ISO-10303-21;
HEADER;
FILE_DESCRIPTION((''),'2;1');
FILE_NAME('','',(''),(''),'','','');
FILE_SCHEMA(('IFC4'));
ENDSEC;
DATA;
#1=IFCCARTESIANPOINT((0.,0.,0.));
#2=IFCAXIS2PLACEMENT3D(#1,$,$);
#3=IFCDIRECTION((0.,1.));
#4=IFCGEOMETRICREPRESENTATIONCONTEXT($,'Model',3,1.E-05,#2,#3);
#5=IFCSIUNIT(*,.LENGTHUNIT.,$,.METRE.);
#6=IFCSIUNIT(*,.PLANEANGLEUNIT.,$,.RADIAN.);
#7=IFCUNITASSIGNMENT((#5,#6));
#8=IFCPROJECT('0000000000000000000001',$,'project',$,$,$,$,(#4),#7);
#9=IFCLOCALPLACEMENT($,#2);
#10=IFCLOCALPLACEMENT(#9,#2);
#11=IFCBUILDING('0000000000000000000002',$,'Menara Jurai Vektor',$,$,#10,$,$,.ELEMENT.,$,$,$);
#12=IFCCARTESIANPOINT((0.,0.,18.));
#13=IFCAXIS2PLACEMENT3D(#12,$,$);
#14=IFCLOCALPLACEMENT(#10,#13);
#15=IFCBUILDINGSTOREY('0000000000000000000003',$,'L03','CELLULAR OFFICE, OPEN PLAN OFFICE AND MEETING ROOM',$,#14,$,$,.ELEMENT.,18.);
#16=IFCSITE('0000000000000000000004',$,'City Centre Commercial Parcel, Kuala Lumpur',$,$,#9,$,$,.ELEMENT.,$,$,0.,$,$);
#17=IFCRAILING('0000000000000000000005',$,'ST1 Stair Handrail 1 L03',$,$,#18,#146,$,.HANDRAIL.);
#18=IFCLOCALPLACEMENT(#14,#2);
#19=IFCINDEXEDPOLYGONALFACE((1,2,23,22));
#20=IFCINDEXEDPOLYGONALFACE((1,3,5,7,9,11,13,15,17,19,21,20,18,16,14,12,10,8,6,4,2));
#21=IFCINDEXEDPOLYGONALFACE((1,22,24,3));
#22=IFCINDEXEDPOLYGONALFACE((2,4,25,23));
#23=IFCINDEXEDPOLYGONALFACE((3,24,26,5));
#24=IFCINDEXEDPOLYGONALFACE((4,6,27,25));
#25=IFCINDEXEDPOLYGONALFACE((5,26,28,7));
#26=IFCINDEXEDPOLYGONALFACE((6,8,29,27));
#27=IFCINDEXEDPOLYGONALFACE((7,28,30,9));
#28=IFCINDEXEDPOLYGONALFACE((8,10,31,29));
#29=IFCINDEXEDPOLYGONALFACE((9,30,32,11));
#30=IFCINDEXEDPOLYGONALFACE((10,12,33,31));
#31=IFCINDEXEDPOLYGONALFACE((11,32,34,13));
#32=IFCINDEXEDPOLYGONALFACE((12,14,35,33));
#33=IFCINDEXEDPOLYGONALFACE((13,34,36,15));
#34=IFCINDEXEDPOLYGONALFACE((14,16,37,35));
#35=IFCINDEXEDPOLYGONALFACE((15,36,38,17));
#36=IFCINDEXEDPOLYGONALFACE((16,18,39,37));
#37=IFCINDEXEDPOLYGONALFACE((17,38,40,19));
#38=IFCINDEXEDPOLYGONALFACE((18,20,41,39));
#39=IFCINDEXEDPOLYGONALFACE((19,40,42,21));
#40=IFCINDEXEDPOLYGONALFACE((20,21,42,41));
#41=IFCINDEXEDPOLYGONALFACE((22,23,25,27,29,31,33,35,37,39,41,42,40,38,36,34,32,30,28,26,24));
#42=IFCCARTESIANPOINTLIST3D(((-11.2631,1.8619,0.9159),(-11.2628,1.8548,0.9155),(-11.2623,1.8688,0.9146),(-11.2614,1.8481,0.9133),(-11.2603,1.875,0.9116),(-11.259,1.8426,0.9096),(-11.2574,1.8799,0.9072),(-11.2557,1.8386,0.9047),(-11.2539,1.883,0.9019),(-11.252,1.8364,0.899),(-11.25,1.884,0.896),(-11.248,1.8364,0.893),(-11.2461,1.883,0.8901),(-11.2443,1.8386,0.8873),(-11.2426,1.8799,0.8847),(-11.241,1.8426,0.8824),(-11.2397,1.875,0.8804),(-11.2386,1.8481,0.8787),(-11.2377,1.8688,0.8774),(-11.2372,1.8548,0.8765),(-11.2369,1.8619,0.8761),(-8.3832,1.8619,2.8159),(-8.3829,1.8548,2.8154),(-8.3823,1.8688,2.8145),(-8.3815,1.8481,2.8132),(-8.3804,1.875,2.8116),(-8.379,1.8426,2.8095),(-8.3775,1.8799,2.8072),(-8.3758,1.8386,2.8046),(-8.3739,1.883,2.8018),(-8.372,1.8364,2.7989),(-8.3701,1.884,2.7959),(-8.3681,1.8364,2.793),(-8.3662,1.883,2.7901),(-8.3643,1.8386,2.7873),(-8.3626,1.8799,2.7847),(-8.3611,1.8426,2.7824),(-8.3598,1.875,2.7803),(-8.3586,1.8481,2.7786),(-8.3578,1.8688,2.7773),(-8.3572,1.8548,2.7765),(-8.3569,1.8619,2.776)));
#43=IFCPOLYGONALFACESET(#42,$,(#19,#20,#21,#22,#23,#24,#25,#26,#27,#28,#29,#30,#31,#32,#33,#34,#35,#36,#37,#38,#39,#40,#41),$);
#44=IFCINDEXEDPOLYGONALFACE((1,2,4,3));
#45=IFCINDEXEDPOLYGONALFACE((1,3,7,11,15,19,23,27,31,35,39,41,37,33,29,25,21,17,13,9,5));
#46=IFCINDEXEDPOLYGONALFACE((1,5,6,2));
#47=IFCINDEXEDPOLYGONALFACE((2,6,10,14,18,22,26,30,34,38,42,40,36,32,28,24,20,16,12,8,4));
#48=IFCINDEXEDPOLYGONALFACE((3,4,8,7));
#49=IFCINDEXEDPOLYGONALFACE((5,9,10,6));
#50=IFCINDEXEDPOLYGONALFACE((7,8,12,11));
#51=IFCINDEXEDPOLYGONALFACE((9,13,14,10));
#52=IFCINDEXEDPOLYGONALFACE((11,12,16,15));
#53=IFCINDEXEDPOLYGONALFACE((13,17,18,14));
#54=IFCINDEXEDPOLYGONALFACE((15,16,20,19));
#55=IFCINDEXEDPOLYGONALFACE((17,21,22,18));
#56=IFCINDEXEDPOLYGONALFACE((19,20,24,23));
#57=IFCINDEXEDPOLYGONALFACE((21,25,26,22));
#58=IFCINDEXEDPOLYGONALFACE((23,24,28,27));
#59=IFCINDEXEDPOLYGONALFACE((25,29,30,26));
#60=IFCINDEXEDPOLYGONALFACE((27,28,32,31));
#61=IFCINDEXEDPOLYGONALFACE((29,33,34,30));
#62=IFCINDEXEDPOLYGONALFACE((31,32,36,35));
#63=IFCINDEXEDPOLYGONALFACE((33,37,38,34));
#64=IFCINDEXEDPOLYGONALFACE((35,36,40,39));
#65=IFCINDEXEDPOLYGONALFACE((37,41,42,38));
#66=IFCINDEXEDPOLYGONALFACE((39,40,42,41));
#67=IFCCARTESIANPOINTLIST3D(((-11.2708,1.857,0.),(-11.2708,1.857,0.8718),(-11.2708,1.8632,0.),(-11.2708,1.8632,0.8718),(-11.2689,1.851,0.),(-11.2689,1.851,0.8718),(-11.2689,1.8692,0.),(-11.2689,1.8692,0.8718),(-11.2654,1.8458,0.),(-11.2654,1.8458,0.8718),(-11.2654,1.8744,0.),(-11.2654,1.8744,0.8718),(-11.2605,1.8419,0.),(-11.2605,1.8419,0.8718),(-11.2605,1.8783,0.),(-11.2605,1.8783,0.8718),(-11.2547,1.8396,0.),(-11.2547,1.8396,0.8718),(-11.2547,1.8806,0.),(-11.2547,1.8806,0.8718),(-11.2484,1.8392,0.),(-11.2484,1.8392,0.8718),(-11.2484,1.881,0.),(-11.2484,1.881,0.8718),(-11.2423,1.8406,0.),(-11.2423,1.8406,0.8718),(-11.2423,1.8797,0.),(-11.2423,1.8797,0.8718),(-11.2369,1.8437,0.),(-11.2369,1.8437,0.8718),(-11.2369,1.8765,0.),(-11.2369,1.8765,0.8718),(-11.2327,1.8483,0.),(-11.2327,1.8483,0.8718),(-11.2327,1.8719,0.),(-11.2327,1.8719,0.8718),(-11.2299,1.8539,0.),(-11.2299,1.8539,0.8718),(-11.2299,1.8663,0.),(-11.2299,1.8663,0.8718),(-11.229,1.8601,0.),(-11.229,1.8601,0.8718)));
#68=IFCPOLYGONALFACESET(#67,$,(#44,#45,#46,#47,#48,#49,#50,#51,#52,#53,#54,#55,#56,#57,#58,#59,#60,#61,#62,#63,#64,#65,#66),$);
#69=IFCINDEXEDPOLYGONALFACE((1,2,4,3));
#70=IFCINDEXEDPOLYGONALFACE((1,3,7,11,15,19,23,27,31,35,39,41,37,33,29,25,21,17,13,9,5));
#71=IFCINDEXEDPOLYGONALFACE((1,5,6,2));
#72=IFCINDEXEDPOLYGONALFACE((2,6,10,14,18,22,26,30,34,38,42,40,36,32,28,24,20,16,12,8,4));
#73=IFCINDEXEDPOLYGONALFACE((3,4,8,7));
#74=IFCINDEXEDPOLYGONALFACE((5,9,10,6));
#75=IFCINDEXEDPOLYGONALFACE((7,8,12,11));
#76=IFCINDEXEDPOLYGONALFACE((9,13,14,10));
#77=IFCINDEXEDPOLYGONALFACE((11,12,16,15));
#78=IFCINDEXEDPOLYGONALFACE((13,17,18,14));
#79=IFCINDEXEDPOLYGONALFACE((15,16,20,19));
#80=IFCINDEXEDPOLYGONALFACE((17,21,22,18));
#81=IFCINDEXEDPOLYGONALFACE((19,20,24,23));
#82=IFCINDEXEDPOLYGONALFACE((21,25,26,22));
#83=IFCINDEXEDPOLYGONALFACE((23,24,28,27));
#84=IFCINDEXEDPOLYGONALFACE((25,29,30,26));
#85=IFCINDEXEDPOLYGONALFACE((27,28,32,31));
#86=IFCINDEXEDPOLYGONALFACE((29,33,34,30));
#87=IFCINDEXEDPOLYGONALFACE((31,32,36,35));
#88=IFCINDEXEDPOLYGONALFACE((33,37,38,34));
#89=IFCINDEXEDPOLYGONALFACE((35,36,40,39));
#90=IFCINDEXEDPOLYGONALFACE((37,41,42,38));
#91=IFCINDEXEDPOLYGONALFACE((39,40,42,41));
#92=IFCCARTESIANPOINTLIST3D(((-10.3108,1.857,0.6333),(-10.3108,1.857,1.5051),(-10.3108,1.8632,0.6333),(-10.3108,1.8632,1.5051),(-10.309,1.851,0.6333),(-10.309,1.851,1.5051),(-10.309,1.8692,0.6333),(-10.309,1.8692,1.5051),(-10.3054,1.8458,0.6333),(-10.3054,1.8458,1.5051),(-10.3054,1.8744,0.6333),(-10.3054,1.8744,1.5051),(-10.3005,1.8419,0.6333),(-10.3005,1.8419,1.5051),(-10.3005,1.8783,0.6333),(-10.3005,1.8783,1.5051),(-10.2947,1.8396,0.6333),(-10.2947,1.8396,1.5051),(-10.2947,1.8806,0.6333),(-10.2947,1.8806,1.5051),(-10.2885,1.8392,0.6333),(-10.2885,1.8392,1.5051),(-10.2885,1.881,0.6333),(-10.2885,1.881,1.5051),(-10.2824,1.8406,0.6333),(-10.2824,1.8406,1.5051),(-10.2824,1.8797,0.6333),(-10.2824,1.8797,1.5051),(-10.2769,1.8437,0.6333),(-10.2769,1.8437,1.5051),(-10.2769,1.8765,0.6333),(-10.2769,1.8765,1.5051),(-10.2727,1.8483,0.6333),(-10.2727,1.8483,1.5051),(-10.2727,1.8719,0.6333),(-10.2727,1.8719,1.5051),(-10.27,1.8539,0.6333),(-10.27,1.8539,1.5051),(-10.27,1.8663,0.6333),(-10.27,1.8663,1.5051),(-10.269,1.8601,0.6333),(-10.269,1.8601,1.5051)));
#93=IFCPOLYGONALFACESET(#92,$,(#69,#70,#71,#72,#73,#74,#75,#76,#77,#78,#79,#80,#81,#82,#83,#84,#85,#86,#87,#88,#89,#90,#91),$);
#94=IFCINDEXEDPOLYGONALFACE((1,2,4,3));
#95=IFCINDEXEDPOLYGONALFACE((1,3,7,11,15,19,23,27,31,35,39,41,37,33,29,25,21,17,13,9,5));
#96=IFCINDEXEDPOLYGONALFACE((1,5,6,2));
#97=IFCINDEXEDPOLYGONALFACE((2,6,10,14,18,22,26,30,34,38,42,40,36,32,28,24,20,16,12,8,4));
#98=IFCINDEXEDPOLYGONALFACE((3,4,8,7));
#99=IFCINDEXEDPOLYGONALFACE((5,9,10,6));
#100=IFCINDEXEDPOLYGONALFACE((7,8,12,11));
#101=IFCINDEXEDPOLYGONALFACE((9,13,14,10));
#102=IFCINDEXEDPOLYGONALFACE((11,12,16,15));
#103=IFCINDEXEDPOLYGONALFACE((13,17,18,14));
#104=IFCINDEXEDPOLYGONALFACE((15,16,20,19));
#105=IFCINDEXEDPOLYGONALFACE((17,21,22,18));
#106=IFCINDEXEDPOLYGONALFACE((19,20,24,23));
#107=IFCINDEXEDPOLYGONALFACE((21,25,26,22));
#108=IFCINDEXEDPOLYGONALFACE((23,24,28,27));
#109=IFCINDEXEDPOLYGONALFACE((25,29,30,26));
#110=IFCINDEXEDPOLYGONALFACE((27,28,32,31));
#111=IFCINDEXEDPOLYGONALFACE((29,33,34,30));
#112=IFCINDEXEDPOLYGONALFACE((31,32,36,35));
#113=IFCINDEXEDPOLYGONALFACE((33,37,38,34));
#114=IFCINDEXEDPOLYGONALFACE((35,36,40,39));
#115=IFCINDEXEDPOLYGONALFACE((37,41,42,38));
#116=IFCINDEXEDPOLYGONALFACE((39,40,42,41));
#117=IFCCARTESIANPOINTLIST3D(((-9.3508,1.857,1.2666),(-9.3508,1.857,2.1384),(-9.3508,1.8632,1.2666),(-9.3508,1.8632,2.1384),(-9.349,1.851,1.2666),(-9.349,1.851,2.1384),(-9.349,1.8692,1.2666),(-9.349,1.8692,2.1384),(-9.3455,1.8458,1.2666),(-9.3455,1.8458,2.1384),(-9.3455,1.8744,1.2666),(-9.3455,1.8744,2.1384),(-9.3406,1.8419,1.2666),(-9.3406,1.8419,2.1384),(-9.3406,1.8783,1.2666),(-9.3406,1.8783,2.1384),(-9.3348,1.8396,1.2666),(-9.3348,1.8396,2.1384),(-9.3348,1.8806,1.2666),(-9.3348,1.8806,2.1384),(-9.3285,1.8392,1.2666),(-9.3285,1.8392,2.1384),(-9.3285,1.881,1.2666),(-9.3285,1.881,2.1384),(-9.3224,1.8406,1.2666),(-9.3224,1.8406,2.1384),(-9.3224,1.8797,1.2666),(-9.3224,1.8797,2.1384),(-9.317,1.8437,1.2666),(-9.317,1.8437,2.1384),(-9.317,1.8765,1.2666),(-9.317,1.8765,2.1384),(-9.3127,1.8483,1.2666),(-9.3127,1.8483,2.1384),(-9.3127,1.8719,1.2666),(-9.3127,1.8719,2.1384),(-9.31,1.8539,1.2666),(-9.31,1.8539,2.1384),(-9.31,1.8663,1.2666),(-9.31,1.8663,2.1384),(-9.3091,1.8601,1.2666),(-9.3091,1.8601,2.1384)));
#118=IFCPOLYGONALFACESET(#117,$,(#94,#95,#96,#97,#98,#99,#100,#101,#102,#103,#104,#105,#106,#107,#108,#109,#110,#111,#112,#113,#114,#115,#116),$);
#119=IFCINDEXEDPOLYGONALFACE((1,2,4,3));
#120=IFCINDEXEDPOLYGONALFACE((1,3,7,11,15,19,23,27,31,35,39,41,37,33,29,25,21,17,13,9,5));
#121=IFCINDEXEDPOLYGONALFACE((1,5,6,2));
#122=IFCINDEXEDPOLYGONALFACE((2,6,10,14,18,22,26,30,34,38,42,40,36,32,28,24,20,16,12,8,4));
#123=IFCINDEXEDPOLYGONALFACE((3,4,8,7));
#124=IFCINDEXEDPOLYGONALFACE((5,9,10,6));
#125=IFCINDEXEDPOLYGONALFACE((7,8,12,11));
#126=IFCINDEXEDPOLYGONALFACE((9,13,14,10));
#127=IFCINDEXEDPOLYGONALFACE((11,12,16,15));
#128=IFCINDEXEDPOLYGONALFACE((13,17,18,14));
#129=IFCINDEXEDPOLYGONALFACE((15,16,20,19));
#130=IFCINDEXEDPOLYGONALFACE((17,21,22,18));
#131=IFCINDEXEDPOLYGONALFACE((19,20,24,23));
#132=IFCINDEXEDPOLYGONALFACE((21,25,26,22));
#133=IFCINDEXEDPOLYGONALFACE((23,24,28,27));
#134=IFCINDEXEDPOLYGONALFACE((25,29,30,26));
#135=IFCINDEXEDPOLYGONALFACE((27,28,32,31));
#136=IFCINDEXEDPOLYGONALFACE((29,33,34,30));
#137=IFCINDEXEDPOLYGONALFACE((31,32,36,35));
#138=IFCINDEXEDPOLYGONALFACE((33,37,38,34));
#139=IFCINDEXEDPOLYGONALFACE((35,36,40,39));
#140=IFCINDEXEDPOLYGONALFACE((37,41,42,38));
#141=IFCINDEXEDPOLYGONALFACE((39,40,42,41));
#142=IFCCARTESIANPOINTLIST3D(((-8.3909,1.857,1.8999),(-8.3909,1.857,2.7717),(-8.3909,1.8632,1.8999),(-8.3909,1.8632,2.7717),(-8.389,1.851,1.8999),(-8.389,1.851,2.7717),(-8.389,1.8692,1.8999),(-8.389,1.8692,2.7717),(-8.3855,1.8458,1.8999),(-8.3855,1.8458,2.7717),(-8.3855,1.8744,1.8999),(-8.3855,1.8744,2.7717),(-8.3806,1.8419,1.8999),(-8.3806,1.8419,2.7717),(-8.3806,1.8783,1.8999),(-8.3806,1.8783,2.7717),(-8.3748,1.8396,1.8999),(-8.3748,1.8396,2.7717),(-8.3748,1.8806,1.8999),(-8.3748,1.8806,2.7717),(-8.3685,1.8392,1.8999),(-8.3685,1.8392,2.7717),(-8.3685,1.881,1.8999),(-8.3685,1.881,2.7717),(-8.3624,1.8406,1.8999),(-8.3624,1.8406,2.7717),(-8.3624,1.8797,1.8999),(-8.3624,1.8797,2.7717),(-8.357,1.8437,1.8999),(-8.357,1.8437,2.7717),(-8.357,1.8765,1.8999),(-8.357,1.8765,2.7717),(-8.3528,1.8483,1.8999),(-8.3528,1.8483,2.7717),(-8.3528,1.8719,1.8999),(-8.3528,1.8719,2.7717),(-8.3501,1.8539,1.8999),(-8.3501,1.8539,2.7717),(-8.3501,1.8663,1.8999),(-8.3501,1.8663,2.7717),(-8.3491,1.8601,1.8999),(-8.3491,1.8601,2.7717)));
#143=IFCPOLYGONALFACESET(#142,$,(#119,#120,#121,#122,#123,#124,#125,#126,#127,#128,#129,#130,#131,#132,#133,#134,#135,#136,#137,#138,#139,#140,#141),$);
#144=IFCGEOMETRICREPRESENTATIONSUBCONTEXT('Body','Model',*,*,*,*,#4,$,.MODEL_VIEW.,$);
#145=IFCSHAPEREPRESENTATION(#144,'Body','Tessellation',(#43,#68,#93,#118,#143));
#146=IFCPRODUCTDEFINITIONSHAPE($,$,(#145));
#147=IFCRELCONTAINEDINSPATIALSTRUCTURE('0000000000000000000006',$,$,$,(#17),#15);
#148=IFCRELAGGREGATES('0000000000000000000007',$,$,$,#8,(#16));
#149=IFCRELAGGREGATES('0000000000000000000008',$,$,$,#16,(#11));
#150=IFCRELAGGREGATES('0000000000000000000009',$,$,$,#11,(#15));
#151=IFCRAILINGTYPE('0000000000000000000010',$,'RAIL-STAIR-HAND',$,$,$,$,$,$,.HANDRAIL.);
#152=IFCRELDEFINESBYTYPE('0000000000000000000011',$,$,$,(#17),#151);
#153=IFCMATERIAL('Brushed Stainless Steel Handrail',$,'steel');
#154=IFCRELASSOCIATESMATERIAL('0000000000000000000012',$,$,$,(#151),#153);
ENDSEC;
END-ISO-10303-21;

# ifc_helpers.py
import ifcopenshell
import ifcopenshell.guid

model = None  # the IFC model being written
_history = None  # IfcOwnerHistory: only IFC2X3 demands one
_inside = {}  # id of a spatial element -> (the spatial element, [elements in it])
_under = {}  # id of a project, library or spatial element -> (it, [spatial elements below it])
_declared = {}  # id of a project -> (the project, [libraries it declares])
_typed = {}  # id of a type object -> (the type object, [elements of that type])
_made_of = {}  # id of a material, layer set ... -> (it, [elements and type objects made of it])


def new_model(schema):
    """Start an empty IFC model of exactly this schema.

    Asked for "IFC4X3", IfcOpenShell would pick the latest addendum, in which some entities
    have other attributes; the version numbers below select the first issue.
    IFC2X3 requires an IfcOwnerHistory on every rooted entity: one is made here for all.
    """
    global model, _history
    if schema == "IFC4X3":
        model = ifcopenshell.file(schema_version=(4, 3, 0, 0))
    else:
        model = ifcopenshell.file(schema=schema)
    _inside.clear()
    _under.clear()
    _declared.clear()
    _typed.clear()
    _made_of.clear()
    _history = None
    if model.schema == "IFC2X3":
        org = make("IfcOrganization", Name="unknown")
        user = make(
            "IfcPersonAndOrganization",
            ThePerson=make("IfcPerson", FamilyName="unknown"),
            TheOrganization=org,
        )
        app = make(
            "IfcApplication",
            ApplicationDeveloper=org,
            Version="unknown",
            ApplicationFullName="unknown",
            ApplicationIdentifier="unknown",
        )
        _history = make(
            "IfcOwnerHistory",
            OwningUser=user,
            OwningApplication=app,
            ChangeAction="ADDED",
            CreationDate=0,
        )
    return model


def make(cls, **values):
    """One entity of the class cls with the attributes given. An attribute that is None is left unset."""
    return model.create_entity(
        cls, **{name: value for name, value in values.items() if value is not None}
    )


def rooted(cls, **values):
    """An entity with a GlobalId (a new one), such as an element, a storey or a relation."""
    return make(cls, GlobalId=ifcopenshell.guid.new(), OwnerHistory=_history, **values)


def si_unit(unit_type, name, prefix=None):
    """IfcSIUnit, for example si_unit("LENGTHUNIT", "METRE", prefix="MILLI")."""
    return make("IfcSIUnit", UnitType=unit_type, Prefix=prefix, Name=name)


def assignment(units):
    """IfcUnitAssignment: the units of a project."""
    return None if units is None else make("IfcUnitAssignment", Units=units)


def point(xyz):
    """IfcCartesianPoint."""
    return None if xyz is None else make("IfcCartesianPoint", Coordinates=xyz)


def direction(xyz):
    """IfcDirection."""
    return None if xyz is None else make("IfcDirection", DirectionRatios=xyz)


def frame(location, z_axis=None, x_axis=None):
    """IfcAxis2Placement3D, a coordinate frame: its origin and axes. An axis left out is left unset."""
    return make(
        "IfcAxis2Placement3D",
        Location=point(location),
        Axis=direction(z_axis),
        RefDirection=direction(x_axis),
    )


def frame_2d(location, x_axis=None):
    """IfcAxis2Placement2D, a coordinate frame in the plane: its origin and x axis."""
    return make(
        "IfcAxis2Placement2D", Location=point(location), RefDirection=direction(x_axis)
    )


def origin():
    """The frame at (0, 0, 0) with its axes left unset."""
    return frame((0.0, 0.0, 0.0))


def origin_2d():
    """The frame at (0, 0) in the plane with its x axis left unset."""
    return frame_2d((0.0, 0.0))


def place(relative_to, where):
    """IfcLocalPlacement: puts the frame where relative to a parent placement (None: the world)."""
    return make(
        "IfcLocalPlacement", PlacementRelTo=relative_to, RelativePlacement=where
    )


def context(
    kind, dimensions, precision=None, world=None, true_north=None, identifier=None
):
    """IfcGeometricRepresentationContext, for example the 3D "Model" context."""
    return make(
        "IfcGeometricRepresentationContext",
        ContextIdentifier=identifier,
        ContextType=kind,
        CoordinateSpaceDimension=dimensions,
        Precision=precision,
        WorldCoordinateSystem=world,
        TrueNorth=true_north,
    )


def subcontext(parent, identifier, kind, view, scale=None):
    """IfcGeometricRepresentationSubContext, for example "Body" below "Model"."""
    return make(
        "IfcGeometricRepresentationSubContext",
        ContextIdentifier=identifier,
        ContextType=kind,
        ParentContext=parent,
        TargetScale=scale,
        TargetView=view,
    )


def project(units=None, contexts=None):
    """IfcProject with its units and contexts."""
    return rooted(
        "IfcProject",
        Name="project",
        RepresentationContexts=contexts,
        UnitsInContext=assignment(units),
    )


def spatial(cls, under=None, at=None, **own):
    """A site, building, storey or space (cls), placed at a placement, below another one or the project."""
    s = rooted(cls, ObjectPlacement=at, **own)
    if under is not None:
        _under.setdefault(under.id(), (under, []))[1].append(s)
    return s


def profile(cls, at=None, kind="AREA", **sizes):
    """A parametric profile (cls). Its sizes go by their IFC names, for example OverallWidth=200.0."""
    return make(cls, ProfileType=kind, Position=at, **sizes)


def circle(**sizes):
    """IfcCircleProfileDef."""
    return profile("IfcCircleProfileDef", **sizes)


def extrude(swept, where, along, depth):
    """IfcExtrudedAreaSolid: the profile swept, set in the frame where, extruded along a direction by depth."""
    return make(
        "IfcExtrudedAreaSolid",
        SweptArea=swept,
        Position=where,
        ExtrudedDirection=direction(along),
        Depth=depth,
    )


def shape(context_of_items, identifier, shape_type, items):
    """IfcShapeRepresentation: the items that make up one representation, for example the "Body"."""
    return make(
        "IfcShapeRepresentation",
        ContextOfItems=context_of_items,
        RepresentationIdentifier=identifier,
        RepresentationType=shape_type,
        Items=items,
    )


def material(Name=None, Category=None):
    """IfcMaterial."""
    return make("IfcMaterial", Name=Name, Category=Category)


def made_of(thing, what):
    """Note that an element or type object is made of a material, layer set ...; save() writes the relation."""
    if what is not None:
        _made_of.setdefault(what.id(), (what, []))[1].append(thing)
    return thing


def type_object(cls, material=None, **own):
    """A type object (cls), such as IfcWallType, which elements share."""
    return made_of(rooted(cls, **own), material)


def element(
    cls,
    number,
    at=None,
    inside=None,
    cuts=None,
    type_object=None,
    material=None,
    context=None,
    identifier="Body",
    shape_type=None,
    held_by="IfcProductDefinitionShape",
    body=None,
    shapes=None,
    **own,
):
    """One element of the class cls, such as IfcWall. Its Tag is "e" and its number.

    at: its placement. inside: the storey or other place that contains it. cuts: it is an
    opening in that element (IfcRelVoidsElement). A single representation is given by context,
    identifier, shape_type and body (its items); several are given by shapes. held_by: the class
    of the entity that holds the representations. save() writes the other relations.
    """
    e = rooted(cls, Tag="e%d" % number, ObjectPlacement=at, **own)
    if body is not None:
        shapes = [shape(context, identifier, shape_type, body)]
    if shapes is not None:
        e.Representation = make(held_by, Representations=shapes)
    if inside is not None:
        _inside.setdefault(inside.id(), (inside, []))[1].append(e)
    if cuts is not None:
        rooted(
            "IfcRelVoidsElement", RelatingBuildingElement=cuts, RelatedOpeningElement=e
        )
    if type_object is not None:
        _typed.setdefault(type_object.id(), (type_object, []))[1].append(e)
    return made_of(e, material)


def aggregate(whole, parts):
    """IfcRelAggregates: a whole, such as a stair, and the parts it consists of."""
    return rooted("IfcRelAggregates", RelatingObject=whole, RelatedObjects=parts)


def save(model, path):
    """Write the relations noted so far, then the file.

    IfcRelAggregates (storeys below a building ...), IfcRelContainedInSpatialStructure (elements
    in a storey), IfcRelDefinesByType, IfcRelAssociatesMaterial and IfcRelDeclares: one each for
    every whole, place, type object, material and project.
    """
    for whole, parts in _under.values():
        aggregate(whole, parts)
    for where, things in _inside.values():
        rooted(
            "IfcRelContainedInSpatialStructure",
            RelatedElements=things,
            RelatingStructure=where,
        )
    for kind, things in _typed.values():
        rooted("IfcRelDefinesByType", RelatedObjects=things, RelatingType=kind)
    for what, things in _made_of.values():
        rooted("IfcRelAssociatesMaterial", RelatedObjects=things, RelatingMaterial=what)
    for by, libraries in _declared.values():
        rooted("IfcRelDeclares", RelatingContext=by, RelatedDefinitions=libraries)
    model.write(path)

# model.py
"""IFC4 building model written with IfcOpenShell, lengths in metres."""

from ifc_helpers import new_model, si_unit, direction, frame, origin, origin_2d, place, context, subcontext, project, spatial, circle, extrude, material, type_object, element, save


model = new_model("IFC4")

# Units and contexts
model_context = context("Model", 3, precision=1e-05, world=origin(), true_north=direction((0.0, 1.0)))
body_context = subcontext(model_context, "Body", "Model", "MODEL_VIEW")
ifc_project = project(units=[si_unit("LENGTHUNIT", "METRE"), si_unit("PLANEANGLEUNIT", "RADIAN")], contexts=[model_context])

# Site, building, storey
site_placement = place(None, origin())
site = spatial("IfcSite", under=ifc_project, at=site_placement, Name="City Centre Commercial Parcel, Kuala Lumpur", CompositionType="ELEMENT", RefElevation=0.0)
building_placement = place(site_placement, origin())
building = spatial("IfcBuilding", under=site, at=building_placement, Name="Menara Jurai Vektor", CompositionType="ELEMENT")
storey_placement = place(building_placement, frame((0.0, 0.0, 18.0)))
storey = spatial("IfcBuildingStorey", under=building, at=storey_placement, Name="L03", Description="CELLULAR OFFICE, OPEN PLAN OFFICE AND MEETING ROOM", CompositionType="ELEMENT", Elevation=18.0)

# Railing
ifc_material_1 = material(Name="Brushed Stainless Steel Handrail", Category="steel")
railing_type_1 = type_object("IfcRailingType", Name="RAIL-STAIR-HAND", PredefinedType="HANDRAIL", material=ifc_material_1)
railing_1_placement = place(storey_placement, frame((-11.25, 1.8601, 0.0)))
element("IfcRailing", 1, at=railing_1_placement, inside=storey, type_object=railing_type_1, Name="ST1 Stair Handrail 1 L03", PredefinedType="HANDRAIL", context=body_context, shape_type="SweptSolid", body=[
    extrude(circle(Radius=0.0239, at=origin_2d()), frame((0.0, 0.0, 0.896), z_axis=(0.834719, 0.0, 0.550677), x_axis=(0.0, 1.0, 0.0)), (0.0, 0.0, 1.0), 3.4502),
    extrude(circle(Radius=0.021, at=origin_2d()), origin(), (0.0, 0.0, 1.0), 0.8718),
    extrude(circle(Radius=0.021, at=origin_2d()), frame((0.96, 0.0, 0.6333)), (0.0, 0.0, 1.0), 0.8718),
    extrude(circle(Radius=0.021, at=origin_2d()), frame((1.9199, 0.0, 1.2666)), (0.0, 0.0, 1.0), 0.8718),
    extrude(circle(Radius=0.021, at=origin_2d()), frame((2.8799, 0.0, 1.8999)), (0.0, 0.0, 1.0), 0.8718),
])

save(model, "model.ifc")
